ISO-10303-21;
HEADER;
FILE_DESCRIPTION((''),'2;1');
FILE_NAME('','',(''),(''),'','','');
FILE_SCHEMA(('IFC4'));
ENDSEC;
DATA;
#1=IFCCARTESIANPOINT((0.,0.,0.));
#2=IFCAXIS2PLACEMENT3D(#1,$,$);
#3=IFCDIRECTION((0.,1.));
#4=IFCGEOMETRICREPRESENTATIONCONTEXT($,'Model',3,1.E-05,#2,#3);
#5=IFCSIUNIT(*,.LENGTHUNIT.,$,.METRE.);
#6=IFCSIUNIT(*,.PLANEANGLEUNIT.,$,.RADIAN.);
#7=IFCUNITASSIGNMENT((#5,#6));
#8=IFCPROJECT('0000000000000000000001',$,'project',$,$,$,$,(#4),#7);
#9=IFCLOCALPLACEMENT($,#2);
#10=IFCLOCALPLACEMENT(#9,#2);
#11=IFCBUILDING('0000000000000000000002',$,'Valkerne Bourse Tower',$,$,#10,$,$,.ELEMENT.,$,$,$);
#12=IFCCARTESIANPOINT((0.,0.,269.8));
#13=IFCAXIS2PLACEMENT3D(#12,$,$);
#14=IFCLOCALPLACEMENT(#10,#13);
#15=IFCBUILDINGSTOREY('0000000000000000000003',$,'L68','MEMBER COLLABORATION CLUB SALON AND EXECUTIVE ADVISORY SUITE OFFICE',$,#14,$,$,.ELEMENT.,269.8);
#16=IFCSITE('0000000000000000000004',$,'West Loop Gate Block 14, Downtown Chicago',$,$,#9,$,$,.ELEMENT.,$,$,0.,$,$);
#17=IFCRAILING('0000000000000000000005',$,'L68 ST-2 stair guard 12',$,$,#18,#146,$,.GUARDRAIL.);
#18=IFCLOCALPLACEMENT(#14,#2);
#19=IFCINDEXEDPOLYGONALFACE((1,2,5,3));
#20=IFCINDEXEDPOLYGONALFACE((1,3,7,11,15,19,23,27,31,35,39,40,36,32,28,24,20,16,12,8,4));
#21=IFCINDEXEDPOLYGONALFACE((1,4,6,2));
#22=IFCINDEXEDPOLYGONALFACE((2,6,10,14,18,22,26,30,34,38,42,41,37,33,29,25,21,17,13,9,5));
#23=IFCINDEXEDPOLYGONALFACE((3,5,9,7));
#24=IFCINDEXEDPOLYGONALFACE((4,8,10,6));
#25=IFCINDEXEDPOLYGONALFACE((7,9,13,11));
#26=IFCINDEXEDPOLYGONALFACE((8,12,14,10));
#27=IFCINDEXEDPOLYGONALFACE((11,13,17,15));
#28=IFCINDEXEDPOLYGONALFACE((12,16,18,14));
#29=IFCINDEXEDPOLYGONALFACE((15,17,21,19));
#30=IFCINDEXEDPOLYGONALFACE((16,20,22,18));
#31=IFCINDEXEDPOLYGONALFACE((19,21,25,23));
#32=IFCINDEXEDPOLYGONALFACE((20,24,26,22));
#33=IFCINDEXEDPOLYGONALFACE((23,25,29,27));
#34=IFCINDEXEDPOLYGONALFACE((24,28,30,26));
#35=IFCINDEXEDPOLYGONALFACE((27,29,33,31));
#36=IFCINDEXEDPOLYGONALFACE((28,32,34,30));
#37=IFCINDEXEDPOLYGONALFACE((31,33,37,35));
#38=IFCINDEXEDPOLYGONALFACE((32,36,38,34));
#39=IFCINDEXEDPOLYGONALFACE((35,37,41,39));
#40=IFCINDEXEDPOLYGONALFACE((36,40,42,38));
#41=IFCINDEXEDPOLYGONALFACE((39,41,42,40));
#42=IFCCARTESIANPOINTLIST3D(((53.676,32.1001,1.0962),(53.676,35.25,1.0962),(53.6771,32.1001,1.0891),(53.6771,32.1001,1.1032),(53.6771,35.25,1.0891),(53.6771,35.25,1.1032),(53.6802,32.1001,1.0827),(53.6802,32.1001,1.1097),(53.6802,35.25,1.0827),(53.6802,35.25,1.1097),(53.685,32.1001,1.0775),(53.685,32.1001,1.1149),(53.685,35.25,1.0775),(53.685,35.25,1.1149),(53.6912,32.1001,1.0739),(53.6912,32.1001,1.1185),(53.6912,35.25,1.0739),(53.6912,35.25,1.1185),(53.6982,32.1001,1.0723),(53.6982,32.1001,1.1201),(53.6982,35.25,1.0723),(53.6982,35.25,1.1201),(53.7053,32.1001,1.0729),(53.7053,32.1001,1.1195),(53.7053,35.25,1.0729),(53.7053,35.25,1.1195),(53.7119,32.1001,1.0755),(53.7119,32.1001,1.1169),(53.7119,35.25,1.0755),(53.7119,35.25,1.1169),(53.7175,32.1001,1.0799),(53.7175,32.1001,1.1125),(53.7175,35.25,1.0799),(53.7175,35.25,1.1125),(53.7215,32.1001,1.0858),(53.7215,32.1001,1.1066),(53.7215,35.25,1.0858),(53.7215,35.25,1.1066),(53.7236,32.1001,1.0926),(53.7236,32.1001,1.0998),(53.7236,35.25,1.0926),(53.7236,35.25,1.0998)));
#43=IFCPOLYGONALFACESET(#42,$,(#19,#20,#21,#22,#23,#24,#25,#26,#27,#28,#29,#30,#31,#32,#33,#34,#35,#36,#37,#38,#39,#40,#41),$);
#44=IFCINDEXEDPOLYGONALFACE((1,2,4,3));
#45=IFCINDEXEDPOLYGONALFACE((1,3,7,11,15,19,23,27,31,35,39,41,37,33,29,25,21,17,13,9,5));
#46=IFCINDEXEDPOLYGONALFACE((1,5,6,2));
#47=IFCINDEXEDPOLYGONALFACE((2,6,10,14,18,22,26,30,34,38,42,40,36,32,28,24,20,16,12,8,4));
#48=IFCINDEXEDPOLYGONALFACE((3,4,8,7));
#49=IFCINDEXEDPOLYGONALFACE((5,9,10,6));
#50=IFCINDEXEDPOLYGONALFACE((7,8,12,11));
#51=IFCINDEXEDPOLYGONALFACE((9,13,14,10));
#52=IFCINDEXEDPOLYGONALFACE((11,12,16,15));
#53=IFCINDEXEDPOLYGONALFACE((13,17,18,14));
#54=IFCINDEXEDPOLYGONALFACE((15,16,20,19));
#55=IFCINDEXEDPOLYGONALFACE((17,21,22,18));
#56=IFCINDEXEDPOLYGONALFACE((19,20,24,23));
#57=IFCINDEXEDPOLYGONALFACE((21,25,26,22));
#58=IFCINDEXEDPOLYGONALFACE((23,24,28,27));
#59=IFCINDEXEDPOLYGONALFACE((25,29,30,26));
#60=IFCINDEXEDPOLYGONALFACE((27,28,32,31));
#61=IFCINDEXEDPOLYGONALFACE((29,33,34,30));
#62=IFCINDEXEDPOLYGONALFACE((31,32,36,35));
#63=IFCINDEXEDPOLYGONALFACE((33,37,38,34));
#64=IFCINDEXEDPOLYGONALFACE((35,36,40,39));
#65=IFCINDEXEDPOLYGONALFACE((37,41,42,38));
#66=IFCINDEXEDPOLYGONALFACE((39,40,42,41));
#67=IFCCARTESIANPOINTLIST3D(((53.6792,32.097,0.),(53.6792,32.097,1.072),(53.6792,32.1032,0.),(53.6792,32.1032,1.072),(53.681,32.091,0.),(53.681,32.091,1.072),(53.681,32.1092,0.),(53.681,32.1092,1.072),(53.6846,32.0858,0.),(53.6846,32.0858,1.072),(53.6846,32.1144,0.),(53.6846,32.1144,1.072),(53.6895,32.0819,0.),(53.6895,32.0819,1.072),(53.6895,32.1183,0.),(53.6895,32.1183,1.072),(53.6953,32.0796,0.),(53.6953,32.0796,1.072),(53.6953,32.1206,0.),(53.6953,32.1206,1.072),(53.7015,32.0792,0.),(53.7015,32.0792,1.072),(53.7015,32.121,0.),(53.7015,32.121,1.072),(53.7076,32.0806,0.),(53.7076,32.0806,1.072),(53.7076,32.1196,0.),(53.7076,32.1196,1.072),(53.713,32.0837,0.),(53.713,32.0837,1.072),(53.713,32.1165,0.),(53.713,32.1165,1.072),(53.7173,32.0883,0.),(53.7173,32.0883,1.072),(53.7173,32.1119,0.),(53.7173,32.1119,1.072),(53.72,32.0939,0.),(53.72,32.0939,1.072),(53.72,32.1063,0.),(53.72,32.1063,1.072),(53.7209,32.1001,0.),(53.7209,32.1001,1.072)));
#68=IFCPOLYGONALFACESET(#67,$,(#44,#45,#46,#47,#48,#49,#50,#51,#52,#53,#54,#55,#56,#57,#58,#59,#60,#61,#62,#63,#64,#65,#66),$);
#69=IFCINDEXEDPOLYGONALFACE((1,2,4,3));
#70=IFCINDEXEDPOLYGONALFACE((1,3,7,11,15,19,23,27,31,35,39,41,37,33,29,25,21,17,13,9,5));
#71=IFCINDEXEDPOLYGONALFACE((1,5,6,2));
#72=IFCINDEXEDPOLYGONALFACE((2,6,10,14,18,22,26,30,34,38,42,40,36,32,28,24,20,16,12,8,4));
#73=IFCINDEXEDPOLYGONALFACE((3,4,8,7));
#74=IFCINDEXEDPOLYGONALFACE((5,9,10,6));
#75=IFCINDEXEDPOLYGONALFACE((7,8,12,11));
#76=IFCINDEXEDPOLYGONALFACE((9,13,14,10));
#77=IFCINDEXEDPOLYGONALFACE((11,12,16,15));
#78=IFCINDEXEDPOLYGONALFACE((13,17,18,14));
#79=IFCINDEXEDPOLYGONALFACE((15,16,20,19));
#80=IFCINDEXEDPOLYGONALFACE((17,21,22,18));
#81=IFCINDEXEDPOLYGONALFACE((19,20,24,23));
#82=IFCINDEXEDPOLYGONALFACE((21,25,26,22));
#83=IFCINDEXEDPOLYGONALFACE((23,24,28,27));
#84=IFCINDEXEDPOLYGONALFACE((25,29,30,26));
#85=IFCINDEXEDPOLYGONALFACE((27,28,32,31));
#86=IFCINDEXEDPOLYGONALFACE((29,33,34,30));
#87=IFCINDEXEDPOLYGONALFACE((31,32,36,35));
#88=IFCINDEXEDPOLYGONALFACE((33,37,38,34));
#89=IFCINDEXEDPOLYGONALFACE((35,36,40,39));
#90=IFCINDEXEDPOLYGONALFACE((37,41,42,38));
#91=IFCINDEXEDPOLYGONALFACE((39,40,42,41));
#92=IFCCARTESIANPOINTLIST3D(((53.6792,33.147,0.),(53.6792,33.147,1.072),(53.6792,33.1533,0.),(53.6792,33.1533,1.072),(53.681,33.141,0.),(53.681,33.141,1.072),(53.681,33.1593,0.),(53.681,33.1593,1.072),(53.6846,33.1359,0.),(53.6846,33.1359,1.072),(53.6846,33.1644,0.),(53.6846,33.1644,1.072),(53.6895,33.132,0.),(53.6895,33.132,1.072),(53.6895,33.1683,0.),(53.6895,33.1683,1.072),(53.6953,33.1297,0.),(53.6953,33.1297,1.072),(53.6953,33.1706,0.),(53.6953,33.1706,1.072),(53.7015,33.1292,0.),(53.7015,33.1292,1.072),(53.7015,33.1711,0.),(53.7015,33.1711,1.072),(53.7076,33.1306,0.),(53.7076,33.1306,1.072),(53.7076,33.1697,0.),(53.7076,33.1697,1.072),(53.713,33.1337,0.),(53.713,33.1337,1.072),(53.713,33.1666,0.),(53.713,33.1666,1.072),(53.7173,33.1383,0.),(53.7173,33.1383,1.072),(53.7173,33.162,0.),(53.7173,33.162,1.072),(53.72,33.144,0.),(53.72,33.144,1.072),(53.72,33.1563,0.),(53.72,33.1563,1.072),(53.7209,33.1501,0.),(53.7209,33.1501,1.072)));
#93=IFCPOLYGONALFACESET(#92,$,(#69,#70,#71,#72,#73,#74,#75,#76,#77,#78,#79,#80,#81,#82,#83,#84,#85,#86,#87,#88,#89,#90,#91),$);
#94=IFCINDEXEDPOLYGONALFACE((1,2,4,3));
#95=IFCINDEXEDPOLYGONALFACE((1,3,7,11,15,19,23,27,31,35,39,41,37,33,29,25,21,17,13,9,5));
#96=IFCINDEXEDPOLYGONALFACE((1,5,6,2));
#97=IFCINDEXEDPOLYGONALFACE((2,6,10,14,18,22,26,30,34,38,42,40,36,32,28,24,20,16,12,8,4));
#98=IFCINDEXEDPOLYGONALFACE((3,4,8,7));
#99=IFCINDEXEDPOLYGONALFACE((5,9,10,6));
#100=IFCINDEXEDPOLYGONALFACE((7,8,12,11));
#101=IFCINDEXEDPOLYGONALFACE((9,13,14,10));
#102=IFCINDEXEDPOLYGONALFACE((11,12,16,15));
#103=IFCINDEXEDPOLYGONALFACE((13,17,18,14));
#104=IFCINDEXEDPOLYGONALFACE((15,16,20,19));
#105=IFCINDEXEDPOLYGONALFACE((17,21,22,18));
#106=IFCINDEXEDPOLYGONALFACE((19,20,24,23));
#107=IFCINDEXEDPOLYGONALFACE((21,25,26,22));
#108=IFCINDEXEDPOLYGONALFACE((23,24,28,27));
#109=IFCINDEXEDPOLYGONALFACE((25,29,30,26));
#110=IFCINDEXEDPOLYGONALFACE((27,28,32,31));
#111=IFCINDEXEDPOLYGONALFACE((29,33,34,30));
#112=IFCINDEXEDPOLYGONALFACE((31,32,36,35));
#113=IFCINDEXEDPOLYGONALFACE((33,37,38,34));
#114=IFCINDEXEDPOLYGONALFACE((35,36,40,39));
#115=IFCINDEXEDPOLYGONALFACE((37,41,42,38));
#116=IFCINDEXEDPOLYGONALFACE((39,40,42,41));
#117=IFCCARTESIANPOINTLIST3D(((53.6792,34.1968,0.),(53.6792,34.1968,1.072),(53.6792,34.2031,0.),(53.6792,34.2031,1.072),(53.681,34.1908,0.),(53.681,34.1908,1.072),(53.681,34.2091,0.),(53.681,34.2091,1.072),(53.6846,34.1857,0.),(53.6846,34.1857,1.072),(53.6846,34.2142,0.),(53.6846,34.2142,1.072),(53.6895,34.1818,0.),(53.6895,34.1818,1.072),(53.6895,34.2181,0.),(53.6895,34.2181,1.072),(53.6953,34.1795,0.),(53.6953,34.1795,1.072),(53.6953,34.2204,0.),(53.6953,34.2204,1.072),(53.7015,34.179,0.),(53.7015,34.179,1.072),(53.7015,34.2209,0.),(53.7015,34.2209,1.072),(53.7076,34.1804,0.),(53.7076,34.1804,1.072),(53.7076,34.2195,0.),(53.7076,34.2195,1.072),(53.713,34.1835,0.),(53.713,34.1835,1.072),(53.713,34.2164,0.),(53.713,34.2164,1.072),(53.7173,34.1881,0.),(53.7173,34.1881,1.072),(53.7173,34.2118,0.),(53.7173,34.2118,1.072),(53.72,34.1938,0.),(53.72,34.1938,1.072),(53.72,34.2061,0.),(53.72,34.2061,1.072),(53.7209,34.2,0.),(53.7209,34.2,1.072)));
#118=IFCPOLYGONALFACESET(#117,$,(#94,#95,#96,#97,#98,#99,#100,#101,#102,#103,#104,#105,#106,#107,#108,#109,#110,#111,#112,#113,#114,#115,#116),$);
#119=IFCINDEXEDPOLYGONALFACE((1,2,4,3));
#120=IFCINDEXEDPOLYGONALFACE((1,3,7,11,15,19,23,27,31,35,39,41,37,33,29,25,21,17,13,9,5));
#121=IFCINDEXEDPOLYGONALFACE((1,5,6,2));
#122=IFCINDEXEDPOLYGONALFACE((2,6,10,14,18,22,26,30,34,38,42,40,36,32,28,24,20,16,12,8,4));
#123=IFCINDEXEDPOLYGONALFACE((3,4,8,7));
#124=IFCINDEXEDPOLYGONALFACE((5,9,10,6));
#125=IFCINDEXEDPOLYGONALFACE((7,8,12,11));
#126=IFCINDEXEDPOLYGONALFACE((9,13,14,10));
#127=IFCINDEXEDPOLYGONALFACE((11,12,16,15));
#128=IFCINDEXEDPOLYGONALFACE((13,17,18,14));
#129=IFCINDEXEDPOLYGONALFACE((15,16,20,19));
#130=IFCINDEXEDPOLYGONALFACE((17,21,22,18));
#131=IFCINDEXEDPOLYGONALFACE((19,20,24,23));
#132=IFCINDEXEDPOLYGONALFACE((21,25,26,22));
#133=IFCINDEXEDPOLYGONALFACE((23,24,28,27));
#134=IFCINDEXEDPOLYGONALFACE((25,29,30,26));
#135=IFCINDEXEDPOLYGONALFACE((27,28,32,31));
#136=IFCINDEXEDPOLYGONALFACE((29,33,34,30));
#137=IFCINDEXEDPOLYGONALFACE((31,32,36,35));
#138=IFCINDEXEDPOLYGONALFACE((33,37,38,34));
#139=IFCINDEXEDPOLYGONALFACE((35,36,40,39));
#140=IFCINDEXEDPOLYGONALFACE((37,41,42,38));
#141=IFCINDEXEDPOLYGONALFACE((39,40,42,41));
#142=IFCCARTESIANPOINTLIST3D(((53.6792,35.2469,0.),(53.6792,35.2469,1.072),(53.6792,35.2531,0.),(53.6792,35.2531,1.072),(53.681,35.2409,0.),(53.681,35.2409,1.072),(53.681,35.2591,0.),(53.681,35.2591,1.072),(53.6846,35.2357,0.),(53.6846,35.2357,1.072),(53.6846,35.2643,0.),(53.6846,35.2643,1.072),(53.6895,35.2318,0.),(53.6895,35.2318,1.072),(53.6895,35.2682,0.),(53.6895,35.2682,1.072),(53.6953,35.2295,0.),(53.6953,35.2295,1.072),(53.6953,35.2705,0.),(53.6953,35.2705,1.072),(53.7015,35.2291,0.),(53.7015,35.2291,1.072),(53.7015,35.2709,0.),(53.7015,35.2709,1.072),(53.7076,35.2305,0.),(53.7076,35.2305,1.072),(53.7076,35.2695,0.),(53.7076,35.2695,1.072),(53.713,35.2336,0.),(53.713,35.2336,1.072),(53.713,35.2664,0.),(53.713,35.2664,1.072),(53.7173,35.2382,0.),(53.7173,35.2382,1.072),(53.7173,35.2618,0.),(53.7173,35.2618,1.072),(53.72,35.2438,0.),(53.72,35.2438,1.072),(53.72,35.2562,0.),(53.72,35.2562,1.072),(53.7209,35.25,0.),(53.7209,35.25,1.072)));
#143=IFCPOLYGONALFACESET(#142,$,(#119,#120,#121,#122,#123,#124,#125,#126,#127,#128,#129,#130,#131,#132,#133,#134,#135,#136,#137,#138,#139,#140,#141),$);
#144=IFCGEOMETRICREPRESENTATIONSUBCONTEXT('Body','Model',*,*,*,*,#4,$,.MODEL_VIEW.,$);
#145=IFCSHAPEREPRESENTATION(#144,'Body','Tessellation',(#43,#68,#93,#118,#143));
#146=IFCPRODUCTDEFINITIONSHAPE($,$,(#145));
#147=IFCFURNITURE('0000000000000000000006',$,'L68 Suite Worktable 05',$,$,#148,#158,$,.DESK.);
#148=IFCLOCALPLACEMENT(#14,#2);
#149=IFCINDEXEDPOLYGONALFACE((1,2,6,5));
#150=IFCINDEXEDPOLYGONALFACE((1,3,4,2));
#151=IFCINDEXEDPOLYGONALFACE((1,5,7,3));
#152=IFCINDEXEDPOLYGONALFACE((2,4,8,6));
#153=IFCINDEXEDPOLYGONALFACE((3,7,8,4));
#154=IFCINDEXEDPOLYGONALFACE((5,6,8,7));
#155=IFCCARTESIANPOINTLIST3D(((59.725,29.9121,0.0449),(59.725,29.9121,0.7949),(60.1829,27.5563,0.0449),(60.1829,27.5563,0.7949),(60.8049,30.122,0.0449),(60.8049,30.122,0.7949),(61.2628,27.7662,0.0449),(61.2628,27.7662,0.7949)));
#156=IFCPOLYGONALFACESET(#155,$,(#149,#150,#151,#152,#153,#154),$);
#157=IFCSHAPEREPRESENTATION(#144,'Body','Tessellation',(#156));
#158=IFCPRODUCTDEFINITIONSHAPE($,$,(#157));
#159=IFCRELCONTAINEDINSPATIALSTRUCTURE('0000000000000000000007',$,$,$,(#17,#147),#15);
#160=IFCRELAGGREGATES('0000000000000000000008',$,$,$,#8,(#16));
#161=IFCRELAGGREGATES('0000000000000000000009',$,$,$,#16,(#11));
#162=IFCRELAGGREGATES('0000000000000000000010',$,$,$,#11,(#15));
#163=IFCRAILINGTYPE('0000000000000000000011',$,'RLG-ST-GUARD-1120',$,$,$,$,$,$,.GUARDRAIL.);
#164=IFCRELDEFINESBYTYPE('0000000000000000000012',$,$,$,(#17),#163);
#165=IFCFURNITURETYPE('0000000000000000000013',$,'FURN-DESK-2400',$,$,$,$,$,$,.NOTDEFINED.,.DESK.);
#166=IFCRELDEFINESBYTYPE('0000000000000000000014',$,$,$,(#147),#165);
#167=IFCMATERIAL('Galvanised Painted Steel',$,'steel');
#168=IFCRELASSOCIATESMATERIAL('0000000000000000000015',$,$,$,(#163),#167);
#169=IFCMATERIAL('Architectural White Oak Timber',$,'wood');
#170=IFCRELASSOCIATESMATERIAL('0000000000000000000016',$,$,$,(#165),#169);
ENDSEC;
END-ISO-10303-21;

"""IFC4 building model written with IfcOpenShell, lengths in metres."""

from ifc_helpers import new_model, si_unit, direction, frame, origin, origin_2d, place, context, subcontext, project, spatial, rectangle, circle, extrude, material, type_object, element, save


model = new_model("IFC4")

# Units and contexts
model_context = context("Model", 3, precision=1e-05, world=origin(), true_north=direction((0.0, 1.0)))
body_context = subcontext(model_context, "Body", "Model", "MODEL_VIEW")
ifc_project = project(units=[si_unit("LENGTHUNIT", "METRE"), si_unit("PLANEANGLEUNIT", "RADIAN")], contexts=[model_context])

# Site, building, storey
site_placement = place(None, origin())
site = spatial("IfcSite", under=ifc_project, at=site_placement, Name="West Loop Gate Block 14, Downtown Chicago", CompositionType="ELEMENT", RefElevation=0.0)
building_placement = place(site_placement, origin())
building = spatial("IfcBuilding", under=site, at=building_placement, Name="Valkerne Bourse Tower", CompositionType="ELEMENT")
storey_placement = place(building_placement, frame((0.0, 0.0, 269.8)))
storey = spatial("IfcBuildingStorey", under=building, at=storey_placement, Name="L68", Description="MEMBER COLLABORATION CLUB SALON AND EXECUTIVE ADVISORY SUITE OFFICE", CompositionType="ELEMENT", Elevation=269.8)

# Railing
ifc_material_1 = material(Name="Galvanised Painted Steel", Category="steel")
railing_type = type_object("IfcRailingType", Name="RLG-ST-GUARD-1120", PredefinedType="GUARDRAIL", material=ifc_material_1)
railing_1_placement = place(storey_placement, frame((53.7, 32.1001, 0.0)))
element("IfcRailing", 1, at=railing_1_placement, inside=storey, type_object=railing_type, Name="L68 ST-2 stair guard 12", PredefinedType="GUARDRAIL", context=body_context, shape_type="SweptSolid", body=[
    extrude(circle(Radius=0.0239, at=origin_2d()), frame((0.0, 0.0, 1.0962), z_axis=(0.0, 1.0, 0.0), x_axis=(-1.0, 0.0, 0.0)), (0.0, 0.0, 1.0), 3.1499),
    extrude(circle(Radius=0.021, at=origin_2d()), origin(), (0.0, 0.0, 1.0), 1.072),
    extrude(circle(Radius=0.021, at=origin_2d()), frame((0.0, 1.05, 0.0)), (0.0, 0.0, 1.0), 1.072),
    extrude(circle(Radius=0.021, at=origin_2d()), frame((0.0, 2.0999, 0.0)), (0.0, 0.0, 1.0), 1.072),
    extrude(circle(Radius=0.021, at=origin_2d()), frame((0.0, 3.1499, 0.0)), (0.0, 0.0, 1.0), 1.072),
])

# Furniture
ifc_material_2 = material(Name="Architectural White Oak Timber", Category="wood")
furniture_type = type_object("IfcFurnitureType", Name="FURN-DESK-2400", AssemblyPlace="NOTDEFINED", PredefinedType="DESK", material=ifc_material_2)
furniture_placement = place(storey_placement, frame((60.4939, 28.8391, 0.0449), z_axis=(0.0, 0.0, 1.0), x_axis=(-0.190809, 0.981627, 0.0)))
element("IfcFurniture", 2, at=furniture_placement, inside=storey, type_object=furniture_type, Name="L68 Suite Worktable 05", PredefinedType="DESK", context=body_context, shape_type="SweptSolid", body=[
    extrude(rectangle(XDim=2.3999, YDim=1.1001, at=origin_2d()), origin(), (0.0, 0.0, 1.0), 0.75),
])

save(model, "model.ifc")
